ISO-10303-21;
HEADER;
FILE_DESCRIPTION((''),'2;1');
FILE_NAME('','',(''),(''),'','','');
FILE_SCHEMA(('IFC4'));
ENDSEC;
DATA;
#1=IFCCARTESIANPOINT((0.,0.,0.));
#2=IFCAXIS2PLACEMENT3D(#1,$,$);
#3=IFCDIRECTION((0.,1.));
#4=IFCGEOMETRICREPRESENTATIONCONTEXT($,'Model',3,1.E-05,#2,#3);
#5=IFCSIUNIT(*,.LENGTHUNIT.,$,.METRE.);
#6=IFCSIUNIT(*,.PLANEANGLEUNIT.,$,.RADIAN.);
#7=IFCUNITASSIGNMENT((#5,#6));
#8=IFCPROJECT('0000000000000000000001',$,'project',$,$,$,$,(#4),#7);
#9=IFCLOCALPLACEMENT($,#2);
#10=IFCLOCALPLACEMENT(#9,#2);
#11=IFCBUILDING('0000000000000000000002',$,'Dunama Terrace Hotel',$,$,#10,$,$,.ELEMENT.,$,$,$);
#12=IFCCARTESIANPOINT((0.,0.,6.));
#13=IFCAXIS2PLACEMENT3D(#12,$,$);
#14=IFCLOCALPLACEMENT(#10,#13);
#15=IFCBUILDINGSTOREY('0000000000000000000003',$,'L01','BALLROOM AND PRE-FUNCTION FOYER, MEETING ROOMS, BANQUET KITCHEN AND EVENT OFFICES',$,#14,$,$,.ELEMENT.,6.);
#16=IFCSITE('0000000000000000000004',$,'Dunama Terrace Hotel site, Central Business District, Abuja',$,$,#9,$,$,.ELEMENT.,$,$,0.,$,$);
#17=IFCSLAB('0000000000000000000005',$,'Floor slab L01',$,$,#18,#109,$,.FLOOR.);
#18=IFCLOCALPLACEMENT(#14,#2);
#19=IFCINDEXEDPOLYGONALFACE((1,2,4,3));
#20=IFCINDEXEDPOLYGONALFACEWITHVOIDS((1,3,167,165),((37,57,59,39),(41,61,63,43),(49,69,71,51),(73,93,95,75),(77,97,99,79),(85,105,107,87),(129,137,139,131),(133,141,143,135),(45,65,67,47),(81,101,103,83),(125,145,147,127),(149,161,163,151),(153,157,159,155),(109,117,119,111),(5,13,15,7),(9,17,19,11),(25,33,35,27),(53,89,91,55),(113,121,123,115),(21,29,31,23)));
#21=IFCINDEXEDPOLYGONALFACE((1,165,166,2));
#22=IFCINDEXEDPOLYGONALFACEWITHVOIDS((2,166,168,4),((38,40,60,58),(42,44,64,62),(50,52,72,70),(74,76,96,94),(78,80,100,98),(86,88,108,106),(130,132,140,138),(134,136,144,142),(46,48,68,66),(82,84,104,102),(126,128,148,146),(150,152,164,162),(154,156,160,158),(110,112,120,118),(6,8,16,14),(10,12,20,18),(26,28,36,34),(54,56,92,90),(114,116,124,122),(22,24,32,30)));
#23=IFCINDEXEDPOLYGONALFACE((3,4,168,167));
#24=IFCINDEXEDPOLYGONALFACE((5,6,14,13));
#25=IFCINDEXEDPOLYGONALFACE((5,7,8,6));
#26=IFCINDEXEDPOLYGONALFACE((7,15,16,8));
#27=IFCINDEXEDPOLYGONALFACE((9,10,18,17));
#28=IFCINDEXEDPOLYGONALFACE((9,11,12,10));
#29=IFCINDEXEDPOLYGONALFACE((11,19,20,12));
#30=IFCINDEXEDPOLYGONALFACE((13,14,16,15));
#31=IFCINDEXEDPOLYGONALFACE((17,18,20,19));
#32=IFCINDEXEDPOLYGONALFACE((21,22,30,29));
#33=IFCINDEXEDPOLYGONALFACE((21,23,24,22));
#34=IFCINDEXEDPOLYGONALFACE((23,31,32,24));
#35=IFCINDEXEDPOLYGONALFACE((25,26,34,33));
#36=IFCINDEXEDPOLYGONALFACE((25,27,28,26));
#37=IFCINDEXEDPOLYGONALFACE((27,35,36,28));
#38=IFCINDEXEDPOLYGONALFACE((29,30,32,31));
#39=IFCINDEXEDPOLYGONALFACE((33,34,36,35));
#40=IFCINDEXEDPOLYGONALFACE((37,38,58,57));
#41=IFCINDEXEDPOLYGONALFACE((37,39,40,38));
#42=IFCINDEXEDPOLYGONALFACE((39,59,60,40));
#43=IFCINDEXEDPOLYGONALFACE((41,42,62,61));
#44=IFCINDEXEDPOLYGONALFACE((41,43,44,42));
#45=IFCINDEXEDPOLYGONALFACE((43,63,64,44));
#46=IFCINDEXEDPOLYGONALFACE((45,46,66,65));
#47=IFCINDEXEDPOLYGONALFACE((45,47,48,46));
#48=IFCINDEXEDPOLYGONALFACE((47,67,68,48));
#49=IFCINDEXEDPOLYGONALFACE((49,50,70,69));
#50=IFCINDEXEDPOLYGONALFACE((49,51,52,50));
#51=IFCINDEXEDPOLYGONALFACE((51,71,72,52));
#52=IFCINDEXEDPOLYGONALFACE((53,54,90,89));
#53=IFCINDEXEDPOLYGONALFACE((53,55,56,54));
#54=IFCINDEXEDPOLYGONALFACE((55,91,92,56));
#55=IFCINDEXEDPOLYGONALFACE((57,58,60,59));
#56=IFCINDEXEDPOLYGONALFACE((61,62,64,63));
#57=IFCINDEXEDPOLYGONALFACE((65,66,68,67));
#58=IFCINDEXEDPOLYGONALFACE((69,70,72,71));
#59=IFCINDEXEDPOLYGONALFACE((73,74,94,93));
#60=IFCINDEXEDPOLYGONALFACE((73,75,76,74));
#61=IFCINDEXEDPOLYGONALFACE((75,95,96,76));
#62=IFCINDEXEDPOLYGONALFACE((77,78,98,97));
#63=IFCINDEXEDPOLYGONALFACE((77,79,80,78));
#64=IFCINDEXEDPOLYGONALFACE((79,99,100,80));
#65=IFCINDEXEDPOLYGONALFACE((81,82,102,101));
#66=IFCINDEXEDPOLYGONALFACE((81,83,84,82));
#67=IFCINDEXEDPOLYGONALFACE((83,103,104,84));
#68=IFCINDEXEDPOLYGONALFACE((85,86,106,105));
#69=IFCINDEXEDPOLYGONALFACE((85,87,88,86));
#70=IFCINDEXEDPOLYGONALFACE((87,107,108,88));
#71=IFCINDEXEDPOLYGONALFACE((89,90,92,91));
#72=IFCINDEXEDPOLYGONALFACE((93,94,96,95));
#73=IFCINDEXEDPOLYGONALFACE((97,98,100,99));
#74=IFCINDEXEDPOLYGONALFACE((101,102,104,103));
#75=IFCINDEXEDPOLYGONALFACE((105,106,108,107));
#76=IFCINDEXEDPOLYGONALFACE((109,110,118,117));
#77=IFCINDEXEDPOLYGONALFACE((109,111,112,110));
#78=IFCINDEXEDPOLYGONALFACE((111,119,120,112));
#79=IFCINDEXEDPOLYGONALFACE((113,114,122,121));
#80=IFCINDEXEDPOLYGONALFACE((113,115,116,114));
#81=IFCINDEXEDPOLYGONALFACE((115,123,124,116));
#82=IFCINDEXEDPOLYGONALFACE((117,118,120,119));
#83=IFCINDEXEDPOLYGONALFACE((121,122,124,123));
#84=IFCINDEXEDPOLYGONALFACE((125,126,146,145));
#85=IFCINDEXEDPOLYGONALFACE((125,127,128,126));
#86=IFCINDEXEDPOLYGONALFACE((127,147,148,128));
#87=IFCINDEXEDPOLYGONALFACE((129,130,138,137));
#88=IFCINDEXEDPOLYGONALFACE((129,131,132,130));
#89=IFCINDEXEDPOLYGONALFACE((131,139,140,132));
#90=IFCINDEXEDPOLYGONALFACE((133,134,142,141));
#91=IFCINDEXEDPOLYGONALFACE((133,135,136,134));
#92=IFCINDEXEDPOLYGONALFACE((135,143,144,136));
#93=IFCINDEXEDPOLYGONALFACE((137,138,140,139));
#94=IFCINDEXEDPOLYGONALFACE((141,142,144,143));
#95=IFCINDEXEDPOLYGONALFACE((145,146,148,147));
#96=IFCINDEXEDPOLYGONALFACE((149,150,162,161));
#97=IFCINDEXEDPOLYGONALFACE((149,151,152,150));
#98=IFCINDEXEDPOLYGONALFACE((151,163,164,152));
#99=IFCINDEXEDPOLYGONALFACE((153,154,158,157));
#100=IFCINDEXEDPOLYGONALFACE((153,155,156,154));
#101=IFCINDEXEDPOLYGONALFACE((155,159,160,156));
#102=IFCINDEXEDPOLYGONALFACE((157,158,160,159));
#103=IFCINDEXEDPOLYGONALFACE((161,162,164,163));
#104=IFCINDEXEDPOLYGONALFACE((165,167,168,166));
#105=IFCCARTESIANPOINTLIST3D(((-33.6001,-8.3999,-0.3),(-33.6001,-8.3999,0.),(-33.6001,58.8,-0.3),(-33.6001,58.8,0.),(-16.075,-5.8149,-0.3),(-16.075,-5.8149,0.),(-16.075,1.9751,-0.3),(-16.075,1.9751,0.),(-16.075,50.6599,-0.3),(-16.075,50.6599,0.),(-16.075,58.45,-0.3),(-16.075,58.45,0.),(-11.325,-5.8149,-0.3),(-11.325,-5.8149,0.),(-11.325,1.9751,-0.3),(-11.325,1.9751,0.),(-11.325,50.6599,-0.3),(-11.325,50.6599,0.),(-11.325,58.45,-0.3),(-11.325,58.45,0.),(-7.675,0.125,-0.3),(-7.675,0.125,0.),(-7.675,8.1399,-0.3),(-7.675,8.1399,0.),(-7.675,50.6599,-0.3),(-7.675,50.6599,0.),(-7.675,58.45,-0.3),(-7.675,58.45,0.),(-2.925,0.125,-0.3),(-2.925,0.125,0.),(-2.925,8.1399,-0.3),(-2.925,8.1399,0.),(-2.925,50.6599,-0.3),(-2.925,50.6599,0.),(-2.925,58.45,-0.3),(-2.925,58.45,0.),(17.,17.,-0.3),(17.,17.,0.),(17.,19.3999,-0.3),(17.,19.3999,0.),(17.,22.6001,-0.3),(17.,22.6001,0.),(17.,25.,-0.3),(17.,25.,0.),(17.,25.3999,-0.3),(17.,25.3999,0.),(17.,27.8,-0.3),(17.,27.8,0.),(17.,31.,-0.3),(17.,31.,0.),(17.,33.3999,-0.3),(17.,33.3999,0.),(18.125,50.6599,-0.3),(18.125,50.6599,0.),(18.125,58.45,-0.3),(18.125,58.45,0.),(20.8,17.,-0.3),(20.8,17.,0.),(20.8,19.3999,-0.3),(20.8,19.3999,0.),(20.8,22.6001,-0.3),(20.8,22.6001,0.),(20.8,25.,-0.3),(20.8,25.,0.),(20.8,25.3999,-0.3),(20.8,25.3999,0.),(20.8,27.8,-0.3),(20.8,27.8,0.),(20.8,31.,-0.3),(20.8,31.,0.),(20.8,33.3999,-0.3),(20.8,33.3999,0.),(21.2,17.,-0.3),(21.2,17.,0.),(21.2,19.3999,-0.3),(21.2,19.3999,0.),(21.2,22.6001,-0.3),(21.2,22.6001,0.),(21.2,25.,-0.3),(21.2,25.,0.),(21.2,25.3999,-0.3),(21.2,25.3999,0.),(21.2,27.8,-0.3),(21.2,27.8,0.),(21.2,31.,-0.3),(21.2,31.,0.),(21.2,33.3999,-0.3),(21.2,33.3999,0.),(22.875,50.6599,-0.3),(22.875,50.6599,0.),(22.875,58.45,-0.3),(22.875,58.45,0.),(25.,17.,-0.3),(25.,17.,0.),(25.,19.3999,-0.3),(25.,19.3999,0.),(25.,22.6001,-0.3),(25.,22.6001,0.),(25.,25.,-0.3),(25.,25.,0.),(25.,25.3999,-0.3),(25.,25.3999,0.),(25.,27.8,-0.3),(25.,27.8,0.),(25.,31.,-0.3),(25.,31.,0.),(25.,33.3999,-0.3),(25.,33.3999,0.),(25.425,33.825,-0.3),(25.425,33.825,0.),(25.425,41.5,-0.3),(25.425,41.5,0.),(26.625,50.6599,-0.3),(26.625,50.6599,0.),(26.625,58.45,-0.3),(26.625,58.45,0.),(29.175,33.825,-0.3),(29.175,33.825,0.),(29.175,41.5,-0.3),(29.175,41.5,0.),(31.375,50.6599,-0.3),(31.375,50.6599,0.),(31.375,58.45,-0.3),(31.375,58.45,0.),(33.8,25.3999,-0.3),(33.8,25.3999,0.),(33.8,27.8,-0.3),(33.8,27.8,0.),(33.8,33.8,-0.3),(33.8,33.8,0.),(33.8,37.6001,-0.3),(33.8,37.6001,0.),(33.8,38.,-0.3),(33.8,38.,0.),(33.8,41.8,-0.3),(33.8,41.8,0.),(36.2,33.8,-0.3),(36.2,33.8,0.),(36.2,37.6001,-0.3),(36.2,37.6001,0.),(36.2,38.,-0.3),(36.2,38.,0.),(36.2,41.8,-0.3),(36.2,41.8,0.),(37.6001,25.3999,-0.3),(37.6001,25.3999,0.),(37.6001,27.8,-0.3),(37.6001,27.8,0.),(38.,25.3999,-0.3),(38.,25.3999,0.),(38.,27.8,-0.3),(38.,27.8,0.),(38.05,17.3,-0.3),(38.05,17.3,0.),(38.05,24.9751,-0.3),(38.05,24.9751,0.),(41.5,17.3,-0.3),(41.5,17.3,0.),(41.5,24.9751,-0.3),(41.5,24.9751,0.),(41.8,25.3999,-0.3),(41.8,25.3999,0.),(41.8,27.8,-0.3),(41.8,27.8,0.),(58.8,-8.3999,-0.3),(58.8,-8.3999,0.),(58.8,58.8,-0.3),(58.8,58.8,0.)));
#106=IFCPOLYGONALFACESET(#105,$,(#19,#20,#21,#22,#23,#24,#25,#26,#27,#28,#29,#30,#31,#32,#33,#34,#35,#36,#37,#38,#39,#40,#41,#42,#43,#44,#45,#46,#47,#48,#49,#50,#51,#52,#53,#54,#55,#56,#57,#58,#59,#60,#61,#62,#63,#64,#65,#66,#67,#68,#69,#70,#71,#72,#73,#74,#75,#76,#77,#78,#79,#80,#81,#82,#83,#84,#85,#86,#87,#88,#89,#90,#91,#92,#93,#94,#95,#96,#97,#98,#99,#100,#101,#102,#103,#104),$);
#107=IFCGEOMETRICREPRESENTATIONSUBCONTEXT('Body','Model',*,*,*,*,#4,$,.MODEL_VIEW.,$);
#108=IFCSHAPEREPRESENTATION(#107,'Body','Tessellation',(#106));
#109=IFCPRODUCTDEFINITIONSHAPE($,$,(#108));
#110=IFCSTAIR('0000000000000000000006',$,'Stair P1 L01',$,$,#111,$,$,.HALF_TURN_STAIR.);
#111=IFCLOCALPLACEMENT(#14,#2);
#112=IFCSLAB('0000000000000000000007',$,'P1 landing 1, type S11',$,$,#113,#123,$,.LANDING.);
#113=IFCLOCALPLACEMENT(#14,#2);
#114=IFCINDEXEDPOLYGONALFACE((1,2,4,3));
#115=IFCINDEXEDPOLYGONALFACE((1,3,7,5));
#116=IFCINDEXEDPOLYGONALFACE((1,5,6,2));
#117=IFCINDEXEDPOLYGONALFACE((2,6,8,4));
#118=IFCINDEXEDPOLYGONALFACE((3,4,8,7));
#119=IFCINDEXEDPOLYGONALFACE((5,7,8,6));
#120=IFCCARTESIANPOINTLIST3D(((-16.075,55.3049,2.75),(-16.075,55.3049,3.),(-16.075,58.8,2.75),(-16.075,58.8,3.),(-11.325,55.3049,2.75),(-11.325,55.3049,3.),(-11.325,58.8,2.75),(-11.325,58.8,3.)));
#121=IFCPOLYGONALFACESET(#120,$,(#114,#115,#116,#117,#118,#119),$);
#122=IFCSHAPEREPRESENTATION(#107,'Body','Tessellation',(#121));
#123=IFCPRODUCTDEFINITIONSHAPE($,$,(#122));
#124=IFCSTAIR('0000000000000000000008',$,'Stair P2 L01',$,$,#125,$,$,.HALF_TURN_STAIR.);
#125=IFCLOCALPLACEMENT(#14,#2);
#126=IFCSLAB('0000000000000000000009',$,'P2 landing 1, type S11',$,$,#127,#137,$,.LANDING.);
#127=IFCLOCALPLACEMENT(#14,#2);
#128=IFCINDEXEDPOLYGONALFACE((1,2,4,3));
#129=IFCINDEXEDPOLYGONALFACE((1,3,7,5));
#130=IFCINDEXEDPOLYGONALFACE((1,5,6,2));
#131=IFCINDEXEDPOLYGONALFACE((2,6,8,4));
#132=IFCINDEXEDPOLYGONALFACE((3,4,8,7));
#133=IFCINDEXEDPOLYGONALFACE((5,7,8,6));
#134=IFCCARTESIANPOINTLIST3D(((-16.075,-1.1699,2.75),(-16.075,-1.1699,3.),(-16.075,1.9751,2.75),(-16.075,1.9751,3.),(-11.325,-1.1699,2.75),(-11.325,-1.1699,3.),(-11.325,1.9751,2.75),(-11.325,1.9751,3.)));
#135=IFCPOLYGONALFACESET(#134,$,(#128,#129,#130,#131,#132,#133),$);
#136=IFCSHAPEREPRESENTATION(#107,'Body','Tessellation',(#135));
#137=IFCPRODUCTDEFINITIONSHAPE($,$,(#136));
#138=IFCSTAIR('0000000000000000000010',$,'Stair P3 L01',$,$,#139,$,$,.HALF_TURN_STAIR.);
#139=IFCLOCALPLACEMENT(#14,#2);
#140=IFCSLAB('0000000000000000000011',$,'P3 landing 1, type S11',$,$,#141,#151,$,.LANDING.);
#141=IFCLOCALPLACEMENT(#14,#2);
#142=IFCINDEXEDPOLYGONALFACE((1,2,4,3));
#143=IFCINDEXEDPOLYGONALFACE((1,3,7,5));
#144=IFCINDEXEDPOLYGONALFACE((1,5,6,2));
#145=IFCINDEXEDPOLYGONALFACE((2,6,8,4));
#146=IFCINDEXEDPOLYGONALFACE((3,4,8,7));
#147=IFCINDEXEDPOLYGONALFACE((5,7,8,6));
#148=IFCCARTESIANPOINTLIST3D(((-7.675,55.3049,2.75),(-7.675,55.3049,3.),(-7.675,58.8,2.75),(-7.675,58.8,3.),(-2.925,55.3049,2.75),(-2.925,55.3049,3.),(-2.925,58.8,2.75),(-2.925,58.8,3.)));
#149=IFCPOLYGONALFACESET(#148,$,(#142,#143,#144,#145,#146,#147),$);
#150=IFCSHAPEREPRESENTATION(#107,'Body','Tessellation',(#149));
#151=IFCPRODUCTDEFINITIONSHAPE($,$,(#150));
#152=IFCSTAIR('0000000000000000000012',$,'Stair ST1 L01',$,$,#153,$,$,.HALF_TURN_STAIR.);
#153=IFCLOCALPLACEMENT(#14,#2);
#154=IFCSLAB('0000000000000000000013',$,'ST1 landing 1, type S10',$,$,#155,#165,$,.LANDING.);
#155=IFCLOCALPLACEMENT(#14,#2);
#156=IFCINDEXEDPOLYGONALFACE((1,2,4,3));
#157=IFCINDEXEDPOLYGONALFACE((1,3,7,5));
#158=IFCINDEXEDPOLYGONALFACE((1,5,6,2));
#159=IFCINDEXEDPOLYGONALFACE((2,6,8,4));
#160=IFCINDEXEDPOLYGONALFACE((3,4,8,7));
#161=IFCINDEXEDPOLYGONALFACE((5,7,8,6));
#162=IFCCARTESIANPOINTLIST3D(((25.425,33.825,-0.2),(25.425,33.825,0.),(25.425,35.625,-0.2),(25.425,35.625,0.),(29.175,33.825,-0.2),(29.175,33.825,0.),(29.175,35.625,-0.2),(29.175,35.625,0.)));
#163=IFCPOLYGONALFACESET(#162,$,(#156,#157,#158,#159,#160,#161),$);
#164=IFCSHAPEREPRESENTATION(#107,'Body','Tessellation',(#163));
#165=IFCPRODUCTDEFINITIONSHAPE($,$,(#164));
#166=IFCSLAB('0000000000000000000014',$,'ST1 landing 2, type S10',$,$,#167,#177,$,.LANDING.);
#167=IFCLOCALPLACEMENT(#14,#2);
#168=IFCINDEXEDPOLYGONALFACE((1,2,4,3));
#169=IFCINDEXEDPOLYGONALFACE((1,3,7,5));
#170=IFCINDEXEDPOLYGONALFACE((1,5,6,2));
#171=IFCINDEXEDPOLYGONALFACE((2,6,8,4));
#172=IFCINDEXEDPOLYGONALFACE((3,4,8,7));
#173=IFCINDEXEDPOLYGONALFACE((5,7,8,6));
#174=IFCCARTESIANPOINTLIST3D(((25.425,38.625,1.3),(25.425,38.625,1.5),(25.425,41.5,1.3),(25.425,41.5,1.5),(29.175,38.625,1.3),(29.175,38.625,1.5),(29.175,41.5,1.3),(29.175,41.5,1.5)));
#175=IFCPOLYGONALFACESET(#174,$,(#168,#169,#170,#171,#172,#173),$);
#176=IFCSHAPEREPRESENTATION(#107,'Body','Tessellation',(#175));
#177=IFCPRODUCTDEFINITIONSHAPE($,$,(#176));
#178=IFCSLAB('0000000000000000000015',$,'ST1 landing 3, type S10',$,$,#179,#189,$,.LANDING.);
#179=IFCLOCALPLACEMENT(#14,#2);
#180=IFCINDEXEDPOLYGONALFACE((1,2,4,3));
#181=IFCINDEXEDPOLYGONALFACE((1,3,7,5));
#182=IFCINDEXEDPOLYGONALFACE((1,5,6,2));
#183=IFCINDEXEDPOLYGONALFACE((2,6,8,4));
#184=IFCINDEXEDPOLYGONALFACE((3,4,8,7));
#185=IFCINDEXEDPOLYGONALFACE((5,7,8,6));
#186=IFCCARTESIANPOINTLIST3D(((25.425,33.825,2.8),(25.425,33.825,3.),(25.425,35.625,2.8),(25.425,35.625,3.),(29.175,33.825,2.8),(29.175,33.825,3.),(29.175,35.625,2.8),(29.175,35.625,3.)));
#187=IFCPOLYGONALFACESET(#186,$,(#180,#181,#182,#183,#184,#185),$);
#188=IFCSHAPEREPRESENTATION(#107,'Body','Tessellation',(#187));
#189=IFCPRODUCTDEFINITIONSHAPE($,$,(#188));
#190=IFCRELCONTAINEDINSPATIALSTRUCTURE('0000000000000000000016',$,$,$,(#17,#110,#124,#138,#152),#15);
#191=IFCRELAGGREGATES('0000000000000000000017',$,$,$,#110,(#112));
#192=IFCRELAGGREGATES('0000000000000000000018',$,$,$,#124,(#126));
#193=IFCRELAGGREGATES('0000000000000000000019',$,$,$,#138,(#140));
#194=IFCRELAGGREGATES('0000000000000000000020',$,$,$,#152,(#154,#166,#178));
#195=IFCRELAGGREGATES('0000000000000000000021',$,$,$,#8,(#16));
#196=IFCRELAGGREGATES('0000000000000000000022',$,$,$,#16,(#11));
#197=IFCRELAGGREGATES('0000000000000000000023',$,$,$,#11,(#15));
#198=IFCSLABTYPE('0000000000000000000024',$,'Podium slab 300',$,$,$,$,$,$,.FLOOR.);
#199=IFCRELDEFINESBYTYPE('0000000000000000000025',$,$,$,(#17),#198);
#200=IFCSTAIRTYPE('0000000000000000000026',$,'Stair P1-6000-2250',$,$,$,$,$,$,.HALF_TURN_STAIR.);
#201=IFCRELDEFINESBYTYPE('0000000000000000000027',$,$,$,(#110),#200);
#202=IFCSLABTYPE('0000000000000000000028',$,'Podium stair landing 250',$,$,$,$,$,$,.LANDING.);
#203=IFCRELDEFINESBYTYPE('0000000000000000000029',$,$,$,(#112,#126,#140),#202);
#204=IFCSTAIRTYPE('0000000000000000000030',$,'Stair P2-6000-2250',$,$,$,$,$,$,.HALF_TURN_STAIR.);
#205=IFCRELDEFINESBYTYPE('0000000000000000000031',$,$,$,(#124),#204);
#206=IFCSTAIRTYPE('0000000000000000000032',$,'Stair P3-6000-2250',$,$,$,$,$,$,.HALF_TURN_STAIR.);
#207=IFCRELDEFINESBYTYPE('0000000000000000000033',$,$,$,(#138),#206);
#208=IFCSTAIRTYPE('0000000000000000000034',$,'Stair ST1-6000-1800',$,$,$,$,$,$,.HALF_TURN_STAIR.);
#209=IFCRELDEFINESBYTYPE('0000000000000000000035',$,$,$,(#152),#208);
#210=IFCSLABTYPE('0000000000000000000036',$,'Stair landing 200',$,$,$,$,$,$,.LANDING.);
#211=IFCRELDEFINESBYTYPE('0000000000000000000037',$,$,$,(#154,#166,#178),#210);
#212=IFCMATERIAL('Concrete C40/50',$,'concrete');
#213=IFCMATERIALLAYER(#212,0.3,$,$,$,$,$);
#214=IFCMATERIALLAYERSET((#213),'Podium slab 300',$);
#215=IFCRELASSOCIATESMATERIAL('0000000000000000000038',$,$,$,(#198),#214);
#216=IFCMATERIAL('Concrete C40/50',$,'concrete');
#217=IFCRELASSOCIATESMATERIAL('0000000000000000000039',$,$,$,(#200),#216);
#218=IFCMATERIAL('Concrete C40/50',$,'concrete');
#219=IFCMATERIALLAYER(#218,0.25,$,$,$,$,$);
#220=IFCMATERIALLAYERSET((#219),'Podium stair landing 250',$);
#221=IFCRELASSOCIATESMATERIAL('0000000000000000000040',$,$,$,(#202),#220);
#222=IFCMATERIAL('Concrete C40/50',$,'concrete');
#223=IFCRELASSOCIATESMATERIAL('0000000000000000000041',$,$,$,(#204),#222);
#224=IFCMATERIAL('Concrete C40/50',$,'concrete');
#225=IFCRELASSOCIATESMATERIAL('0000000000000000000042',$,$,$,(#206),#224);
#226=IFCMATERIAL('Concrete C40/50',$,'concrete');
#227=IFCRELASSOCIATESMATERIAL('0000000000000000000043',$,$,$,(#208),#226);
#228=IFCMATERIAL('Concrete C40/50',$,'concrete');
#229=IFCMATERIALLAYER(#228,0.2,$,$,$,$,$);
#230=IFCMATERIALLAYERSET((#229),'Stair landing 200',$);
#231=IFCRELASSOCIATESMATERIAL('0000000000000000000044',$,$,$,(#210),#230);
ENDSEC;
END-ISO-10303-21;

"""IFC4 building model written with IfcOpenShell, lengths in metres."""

from ifc_helpers import new_model, si_unit, direction, frame, origin, place, context, subcontext, project, spatial, polyline, outline, extrude, material, layer, layer_set, type_object, element, aggregate, save


model = new_model("IFC4")

# Units and contexts
model_context = context("Model", 3, precision=1e-05, world=origin(), true_north=direction((0.0, 1.0)))
body_context = subcontext(model_context, "Body", "Model", "MODEL_VIEW")
ifc_project = project(units=[si_unit("LENGTHUNIT", "METRE"), si_unit("PLANEANGLEUNIT", "RADIAN")], contexts=[model_context])

# Site, building, storey
site_placement = place(None, origin())
site = spatial("IfcSite", under=ifc_project, at=site_placement, Name="Dunama Terrace Hotel site, Central Business District, Abuja", CompositionType="ELEMENT", RefElevation=0.0)
building_placement = place(site_placement, origin())
building = spatial("IfcBuilding", under=site, at=building_placement, Name="Dunama Terrace Hotel", CompositionType="ELEMENT")
storey_placement = place(building_placement, frame((0.0, 0.0, 6.0)))
storey = spatial("IfcBuildingStorey", under=building, at=storey_placement, Name="L01", Description="BALLROOM AND PRE-FUNCTION FOYER, MEETING ROOMS, BANQUET KITCHEN AND EVENT OFFICES", CompositionType="ELEMENT", Elevation=6.0)

# Slab
ifc_material_1 = material(Name="Concrete C40/50", Category="concrete")
ifc_layer_1 = layer(ifc_material_1, 0.3)
ifc_layer_set_1 = layer_set([ifc_layer_1], Name="Podium slab 300")
slab_type_1 = type_object("IfcSlabType", Name="Podium slab 300", PredefinedType="FLOOR", material=ifc_layer_set_1)
slab_1_placement = place(storey_placement, frame((0.0, 0.0, -0.3)))
element("IfcSlab", 1, at=slab_1_placement, inside=storey, type_object=slab_type_1, Name="Floor slab L01", PredefinedType="FLOOR", context=body_context, shape_type="SweptSolid", body=[
    extrude(outline(polyline([(-33.6001, -8.3999), (58.8, -8.3999), (58.8, 58.8), (-33.6001, 58.8), (-33.6001, -8.3999)]), holes=[polyline([(20.8, 25.3999), (20.8, 27.8), (17.0, 27.8), (17.0, 25.3999), (20.8, 25.3999)]), polyline([(25.0, 25.3999), (25.0, 27.8), (21.2, 27.8), (21.2, 25.3999), (25.0, 25.3999)]), polyline([(20.8, 31.0), (20.8, 33.3999), (17.0, 33.3999), (17.0, 31.0), (20.8, 31.0)]), polyline([(25.0, 31.0), (25.0, 33.3999), (21.2, 33.3999), (21.2, 31.0), (25.0, 31.0)]), polyline([(37.6001, 25.3999), (37.6001, 27.8), (33.8, 27.8), (33.8, 25.3999), (37.6001, 25.3999)]), polyline([(41.8, 25.3999), (41.8, 27.8), (38.0, 27.8), (38.0, 25.3999), (41.8, 25.3999)]), polyline([(20.8, 17.0), (20.8, 19.3999), (17.0, 19.3999), (17.0, 17.0), (20.8, 17.0)]), polyline([(25.0, 17.0), (25.0, 19.3999), (21.2, 19.3999), (21.2, 17.0), (25.0, 17.0)]), polyline([(20.8, 22.6001), (20.8, 25.0), (17.0, 25.0), (17.0, 22.6001), (20.8, 22.6001)]), polyline([(25.0, 22.6001), (25.0, 25.0), (21.2, 25.0), (21.2, 22.6001), (25.0, 22.6001)]), polyline([(36.2, 38.0), (36.2, 41.8), (33.8, 41.8), (33.8, 38.0), (36.2, 38.0)]), polyline([(36.2, 33.8), (36.2, 37.6001), (33.8, 37.6001), (33.8, 33.8), (36.2, 33.8)]), polyline([(29.175, 33.825), (29.175, 41.5), (25.425, 41.5), (25.425, 33.825), (29.175, 33.825)]), polyline([(41.5, 17.3), (41.5, 24.9751), (38.05, 24.9751), (38.05, 17.3), (41.5, 17.3)]), polyline([(-11.325, 50.6599), (-11.325, 58.45), (-16.075, 58.45), (-16.075, 50.6599), (-11.325, 50.6599)]), polyline([(-11.325, -5.8149), (-11.325, 1.9751), (-16.075, 1.9751), (-16.075, -5.8149), (-11.325, -5.8149)]), polyline([(-2.925, 50.6599), (-2.925, 58.45), (-7.675, 58.45), (-7.675, 50.6599), (-2.925, 50.6599)]), polyline([(-2.925, 0.125), (-2.925, 8.1399), (-7.675, 8.1399), (-7.675, 0.125), (-2.925, 0.125)]), polyline([(22.875, 50.6599), (22.875, 58.45), (18.125, 58.45), (18.125, 50.6599), (22.875, 50.6599)]), polyline([(31.375, 50.6599), (31.375, 58.45), (26.625, 58.45), (26.625, 50.6599), (31.375, 50.6599)])]), origin(), (0.0, 0.0, 1.0), 0.3),
])

# Stairs, slabs
ifc_material_2 = material(Name="Concrete C40/50", Category="concrete")
stair_type_1 = type_object("IfcStairType", Name="Stair P1-6000-2250", PredefinedType="HALF_TURN_STAIR", material=ifc_material_2)
stair_1_placement = place(storey_placement, origin())
stair_1 = element("IfcStair", 2, at=stair_1_placement, inside=storey, type_object=stair_type_1, Name="Stair P1 L01", PredefinedType="HALF_TURN_STAIR")
ifc_material_3 = material(Name="Concrete C40/50", Category="concrete")
ifc_layer_2 = layer(ifc_material_3, 0.25)
ifc_layer_set_2 = layer_set([ifc_layer_2], Name="Podium stair landing 250")
slab_type_2 = type_object("IfcSlabType", Name="Podium stair landing 250", PredefinedType="LANDING", material=ifc_layer_set_2)
slab_2_placement = place(storey_placement, frame((0.0, 0.0, 2.75)))
slab_2 = element("IfcSlab", 3, at=slab_2_placement, type_object=slab_type_2, Name="P1 landing 1, type S11", PredefinedType="LANDING", context=body_context, shape_type="SweptSolid", body=[
    extrude(outline(polyline([(-16.075, 55.3049), (-11.325, 55.3049), (-11.325, 58.8), (-16.075, 58.8), (-16.075, 55.3049)])), origin(), (0.0, 0.0, 1.0), 0.25),
])
aggregate(stair_1, [slab_2])
ifc_material_4 = material(Name="Concrete C40/50", Category="concrete")
stair_type_2 = type_object("IfcStairType", Name="Stair P2-6000-2250", PredefinedType="HALF_TURN_STAIR", material=ifc_material_4)
stair_2_placement = place(storey_placement, origin())
stair_2 = element("IfcStair", 4, at=stair_2_placement, inside=storey, type_object=stair_type_2, Name="Stair P2 L01", PredefinedType="HALF_TURN_STAIR")
slab_3_placement = place(storey_placement, frame((0.0, 0.0, 2.75)))
slab_3 = element("IfcSlab", 5, at=slab_3_placement, type_object=slab_type_2, Name="P2 landing 1, type S11", PredefinedType="LANDING", context=body_context, shape_type="SweptSolid", body=[
    extrude(outline(polyline([(-16.075, -1.1699), (-11.325, -1.1699), (-11.325, 1.9751), (-16.075, 1.9751), (-16.075, -1.1699)])), origin(), (0.0, 0.0, 1.0), 0.25),
])
aggregate(stair_2, [slab_3])
ifc_material_5 = material(Name="Concrete C40/50", Category="concrete")
stair_type_3 = type_object("IfcStairType", Name="Stair P3-6000-2250", PredefinedType="HALF_TURN_STAIR", material=ifc_material_5)
stair_3_placement = place(storey_placement, origin())
stair_3 = element("IfcStair", 6, at=stair_3_placement, inside=storey, type_object=stair_type_3, Name="Stair P3 L01", PredefinedType="HALF_TURN_STAIR")
slab_4_placement = place(storey_placement, frame((0.0, 0.0, 2.75)))
slab_4 = element("IfcSlab", 7, at=slab_4_placement, type_object=slab_type_2, Name="P3 landing 1, type S11", PredefinedType="LANDING", context=body_context, shape_type="SweptSolid", body=[
    extrude(outline(polyline([(-7.675, 55.3049), (-2.925, 55.3049), (-2.925, 58.8), (-7.675, 58.8), (-7.675, 55.3049)])), origin(), (0.0, 0.0, 1.0), 0.25),
])
aggregate(stair_3, [slab_4])

# Stair, slabs
ifc_material_6 = material(Name="Concrete C40/50", Category="concrete")
stair_type_4 = type_object("IfcStairType", Name="Stair ST1-6000-1800", PredefinedType="HALF_TURN_STAIR", material=ifc_material_6)
stair_4_placement = place(storey_placement, origin())
stair_4 = element("IfcStair", 8, at=stair_4_placement, inside=storey, type_object=stair_type_4, Name="Stair ST1 L01", PredefinedType="HALF_TURN_STAIR")
ifc_material_7 = material(Name="Concrete C40/50", Category="concrete")
ifc_layer_3 = layer(ifc_material_7, 0.2)
ifc_layer_set_3 = layer_set([ifc_layer_3], Name="Stair landing 200")
slab_type_3 = type_object("IfcSlabType", Name="Stair landing 200", PredefinedType="LANDING", material=ifc_layer_set_3)
slab_5_placement = place(storey_placement, frame((0.0, 0.0, -0.2)))
slab_5 = element("IfcSlab", 9, at=slab_5_placement, type_object=slab_type_3, Name="ST1 landing 1, type S10", PredefinedType="LANDING", context=body_context, shape_type="SweptSolid", body=[
    extrude(outline(polyline([(25.425, 33.825), (29.175, 33.825), (29.175, 35.625), (25.425, 35.625), (25.425, 33.825)])), origin(), (0.0, 0.0, 1.0), 0.2),
])
slab_6_placement = place(storey_placement, frame((0.0, 0.0, 1.3)))
slab_6 = element("IfcSlab", 10, at=slab_6_placement, type_object=slab_type_3, Name="ST1 landing 2, type S10", PredefinedType="LANDING", context=body_context, shape_type="SweptSolid", body=[
    extrude(outline(polyline([(25.425, 38.625), (29.175, 38.625), (29.175, 41.5), (25.425, 41.5), (25.425, 38.625)])), origin(), (0.0, 0.0, 1.0), 0.2),
])
slab_7_placement = place(storey_placement, frame((0.0, 0.0, 2.8)))
slab_7 = element("IfcSlab", 11, at=slab_7_placement, type_object=slab_type_3, Name="ST1 landing 3, type S10", PredefinedType="LANDING", context=body_context, shape_type="SweptSolid", body=[
    extrude(outline(polyline([(25.425, 33.825), (29.175, 33.825), (29.175, 35.625), (25.425, 35.625), (25.425, 33.825)])), origin(), (0.0, 0.0, 1.0), 0.2),
])
aggregate(stair_4, [slab_5, slab_6, slab_7])

save(model, "model.ifc")
